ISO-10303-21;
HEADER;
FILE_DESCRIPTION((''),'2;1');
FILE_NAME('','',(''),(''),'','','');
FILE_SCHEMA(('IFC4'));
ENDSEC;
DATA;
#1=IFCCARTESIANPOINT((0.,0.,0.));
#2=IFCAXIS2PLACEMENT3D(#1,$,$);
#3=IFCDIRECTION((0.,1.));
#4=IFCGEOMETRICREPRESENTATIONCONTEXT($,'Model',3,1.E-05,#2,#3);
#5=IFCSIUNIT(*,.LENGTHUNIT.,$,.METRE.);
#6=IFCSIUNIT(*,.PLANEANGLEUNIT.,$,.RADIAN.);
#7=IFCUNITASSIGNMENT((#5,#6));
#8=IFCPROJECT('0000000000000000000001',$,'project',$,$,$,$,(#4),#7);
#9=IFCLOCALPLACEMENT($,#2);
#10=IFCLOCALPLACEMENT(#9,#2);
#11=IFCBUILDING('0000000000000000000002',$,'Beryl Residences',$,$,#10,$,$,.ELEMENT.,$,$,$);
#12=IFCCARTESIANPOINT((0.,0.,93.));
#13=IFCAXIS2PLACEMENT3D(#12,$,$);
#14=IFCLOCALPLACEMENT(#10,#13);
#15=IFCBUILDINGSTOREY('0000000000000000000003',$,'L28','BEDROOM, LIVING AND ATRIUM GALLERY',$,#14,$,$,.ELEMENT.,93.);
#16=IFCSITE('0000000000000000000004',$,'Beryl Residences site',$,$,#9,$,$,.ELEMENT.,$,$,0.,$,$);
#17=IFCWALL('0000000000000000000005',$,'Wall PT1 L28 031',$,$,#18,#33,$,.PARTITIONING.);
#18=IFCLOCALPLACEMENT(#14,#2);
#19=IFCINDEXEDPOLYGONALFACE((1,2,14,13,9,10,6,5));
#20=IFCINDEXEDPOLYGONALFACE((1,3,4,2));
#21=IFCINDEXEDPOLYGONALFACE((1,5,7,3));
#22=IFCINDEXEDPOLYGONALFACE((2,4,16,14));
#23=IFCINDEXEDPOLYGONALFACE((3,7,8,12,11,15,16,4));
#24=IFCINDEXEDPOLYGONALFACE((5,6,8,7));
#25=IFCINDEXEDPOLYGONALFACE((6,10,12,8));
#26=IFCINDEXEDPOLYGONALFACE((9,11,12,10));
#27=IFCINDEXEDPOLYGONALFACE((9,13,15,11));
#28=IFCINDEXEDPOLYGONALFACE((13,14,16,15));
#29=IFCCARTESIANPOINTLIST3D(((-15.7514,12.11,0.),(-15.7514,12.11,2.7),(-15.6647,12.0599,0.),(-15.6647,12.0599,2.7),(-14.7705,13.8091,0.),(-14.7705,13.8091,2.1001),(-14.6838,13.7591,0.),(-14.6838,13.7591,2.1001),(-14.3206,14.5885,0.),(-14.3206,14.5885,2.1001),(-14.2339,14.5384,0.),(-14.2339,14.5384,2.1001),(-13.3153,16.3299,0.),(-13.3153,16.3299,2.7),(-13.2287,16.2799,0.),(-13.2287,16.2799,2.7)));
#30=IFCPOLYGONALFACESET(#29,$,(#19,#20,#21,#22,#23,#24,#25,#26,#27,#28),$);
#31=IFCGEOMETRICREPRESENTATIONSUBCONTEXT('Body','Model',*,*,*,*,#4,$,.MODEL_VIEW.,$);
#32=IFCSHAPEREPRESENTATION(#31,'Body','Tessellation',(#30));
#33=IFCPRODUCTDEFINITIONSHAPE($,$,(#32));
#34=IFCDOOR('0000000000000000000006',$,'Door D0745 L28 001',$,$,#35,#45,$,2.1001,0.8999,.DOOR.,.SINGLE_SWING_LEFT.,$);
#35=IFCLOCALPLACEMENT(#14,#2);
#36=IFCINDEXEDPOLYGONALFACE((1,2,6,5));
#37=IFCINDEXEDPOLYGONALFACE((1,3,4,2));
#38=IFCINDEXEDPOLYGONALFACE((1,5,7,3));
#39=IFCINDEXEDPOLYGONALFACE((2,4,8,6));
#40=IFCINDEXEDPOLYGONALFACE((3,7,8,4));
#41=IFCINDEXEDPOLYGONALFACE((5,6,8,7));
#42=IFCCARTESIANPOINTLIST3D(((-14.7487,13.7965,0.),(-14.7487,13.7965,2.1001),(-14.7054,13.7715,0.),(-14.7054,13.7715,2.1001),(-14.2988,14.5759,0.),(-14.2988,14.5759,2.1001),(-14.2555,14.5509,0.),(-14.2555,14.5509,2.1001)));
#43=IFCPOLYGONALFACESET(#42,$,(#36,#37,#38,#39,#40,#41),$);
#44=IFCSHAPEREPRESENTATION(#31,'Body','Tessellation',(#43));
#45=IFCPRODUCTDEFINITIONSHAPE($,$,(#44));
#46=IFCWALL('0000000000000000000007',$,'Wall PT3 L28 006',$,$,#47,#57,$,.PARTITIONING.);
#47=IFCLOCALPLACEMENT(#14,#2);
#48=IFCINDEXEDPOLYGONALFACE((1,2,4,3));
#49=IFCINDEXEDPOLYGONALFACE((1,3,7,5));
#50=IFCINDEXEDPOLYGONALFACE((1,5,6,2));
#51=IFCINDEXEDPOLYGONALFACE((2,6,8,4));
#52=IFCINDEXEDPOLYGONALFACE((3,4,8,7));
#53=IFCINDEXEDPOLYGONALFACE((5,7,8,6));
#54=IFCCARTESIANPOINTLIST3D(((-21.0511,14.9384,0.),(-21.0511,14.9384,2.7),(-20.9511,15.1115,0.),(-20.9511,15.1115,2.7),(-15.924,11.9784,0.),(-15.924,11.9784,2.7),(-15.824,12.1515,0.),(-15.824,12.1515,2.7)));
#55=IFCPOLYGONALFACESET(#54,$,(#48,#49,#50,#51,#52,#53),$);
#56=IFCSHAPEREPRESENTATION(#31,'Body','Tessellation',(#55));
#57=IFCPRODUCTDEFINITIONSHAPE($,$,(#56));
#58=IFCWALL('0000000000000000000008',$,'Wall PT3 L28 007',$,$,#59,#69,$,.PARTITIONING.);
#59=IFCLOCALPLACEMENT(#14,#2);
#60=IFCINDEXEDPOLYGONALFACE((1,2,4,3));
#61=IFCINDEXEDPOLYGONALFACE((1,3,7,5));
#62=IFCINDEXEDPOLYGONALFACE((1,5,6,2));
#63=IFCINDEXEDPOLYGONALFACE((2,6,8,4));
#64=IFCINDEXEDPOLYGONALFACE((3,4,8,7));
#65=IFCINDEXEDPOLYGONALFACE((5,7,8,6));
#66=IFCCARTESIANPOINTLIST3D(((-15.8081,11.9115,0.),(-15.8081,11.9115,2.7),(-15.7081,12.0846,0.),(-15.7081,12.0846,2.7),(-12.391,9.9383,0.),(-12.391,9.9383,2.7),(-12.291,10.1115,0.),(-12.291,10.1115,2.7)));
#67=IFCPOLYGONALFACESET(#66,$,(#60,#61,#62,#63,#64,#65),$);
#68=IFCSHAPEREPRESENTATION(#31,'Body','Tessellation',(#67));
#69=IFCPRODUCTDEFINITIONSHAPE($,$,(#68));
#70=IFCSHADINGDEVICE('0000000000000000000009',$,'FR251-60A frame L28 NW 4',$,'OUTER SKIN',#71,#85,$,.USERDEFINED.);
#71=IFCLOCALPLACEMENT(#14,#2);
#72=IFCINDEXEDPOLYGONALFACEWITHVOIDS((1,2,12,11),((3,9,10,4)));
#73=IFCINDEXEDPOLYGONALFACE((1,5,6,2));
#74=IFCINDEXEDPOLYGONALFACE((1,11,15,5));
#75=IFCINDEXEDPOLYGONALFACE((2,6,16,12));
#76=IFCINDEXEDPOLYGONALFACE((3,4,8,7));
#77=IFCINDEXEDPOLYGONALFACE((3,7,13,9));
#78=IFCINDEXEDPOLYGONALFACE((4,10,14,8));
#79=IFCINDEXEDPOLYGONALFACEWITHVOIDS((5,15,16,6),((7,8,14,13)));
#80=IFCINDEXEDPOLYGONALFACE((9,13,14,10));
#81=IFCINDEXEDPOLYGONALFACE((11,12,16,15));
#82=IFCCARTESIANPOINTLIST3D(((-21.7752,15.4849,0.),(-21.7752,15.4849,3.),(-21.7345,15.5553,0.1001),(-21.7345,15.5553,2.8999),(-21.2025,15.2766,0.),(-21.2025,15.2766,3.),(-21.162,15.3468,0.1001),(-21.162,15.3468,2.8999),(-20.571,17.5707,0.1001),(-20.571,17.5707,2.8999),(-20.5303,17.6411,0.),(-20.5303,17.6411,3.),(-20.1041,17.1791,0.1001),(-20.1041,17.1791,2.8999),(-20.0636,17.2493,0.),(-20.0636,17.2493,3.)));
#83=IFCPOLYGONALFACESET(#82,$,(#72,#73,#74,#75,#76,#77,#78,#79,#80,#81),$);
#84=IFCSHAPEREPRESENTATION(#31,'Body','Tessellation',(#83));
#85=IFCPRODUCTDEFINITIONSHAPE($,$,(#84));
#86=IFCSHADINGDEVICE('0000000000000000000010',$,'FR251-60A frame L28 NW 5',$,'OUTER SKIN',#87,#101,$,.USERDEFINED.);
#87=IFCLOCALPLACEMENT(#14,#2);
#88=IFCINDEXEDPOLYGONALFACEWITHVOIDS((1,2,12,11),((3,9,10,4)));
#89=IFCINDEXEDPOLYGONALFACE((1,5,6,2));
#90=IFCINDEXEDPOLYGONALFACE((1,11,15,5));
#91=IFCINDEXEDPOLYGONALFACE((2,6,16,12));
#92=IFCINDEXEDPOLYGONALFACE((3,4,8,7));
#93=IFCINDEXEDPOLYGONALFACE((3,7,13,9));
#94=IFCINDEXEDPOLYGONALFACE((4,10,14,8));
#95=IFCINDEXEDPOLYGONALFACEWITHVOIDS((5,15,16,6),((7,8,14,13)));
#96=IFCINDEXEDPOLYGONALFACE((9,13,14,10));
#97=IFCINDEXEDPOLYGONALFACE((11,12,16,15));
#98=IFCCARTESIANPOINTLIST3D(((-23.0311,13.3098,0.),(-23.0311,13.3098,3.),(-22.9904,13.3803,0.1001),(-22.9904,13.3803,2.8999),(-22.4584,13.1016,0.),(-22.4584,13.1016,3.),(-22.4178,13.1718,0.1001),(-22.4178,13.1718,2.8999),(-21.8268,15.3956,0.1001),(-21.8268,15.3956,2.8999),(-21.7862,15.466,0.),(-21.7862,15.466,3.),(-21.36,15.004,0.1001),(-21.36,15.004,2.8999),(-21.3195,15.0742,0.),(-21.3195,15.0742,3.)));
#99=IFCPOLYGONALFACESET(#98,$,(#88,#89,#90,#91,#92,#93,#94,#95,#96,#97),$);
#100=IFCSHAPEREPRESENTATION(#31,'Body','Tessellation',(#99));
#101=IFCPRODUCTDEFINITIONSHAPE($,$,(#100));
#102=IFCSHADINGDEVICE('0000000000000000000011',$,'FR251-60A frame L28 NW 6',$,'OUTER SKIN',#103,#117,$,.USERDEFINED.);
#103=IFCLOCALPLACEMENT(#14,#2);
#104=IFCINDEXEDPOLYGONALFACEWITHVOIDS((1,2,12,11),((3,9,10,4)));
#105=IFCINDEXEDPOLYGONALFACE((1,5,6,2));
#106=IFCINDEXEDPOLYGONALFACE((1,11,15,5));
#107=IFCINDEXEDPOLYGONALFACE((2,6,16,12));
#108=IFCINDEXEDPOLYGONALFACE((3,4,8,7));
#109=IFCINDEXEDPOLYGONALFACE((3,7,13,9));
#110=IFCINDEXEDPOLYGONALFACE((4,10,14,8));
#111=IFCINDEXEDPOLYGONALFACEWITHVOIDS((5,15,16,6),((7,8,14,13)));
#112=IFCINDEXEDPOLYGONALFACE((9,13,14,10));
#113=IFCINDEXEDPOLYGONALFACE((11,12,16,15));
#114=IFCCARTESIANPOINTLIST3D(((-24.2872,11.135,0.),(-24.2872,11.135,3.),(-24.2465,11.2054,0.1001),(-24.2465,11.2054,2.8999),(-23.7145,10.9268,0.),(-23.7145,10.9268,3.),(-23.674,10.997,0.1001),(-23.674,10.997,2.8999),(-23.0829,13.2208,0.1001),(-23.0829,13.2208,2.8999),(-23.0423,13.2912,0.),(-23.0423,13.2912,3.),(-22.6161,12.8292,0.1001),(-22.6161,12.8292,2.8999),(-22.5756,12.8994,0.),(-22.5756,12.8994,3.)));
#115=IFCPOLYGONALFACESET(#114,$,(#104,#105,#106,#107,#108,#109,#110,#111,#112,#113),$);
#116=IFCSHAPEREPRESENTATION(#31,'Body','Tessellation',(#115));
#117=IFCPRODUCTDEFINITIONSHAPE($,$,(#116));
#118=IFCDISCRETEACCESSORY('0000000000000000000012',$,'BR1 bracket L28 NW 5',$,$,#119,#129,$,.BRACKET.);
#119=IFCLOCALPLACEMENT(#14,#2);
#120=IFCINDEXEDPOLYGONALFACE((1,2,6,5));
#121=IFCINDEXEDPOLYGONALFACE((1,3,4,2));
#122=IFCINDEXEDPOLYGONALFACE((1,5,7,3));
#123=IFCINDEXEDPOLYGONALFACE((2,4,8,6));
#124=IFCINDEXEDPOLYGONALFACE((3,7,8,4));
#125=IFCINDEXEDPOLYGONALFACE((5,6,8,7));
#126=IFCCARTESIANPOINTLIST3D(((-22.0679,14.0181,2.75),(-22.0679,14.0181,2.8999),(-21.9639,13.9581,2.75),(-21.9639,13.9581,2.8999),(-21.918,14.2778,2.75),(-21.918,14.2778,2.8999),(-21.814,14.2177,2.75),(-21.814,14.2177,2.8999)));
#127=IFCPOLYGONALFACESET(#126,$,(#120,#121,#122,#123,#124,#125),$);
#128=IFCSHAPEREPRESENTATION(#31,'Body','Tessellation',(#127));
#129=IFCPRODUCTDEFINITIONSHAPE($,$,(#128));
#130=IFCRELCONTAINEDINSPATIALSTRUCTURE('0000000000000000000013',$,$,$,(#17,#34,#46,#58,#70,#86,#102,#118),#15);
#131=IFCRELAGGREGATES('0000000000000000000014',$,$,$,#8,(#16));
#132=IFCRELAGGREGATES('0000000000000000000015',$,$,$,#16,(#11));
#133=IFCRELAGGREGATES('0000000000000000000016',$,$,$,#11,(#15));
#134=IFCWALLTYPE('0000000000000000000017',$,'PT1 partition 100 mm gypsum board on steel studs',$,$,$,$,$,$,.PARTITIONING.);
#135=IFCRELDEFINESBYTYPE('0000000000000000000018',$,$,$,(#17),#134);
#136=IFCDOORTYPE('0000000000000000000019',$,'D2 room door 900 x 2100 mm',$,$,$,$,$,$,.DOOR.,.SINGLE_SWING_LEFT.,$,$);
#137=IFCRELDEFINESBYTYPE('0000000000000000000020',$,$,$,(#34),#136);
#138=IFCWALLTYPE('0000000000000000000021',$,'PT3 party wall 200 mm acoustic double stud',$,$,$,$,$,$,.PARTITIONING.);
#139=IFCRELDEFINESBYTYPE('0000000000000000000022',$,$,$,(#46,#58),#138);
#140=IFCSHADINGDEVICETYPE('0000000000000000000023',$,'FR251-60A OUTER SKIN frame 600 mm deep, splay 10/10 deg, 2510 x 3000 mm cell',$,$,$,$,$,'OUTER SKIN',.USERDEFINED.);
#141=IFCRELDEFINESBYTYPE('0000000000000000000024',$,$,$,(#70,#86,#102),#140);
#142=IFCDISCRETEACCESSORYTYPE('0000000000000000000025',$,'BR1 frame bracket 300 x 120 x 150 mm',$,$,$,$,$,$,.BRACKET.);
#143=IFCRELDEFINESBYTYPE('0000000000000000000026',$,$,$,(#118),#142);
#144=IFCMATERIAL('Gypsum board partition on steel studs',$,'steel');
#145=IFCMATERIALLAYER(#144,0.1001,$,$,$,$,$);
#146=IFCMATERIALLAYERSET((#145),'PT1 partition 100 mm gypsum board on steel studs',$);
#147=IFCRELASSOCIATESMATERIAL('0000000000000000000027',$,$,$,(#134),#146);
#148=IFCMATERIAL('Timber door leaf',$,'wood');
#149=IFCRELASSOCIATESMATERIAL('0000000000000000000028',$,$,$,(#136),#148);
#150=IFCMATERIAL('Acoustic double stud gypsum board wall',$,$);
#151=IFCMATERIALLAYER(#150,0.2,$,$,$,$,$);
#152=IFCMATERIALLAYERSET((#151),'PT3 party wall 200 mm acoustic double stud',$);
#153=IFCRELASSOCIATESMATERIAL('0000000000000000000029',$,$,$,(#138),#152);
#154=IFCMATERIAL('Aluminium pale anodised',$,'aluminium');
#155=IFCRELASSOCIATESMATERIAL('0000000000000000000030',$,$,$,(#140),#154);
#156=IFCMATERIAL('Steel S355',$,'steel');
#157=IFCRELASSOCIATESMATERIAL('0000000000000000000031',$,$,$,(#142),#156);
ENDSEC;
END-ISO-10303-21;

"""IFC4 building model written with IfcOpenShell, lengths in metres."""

from ifc_helpers import new_model, entity, si_unit, direction, frame, frame_2d, origin, place, context, subcontext, project, spatial, polyline, rectangle, outline, extrude, source, transform, mapped, material, layer, layer_set, type_object, type_shapes, element, fill, save


model = new_model("IFC4")

# Units and contexts
model_context = context("Model", 3, precision=1e-05, world=origin(), true_north=direction((0.0, 1.0)))
body_context = subcontext(model_context, "Body", "Model", "MODEL_VIEW")
ifc_project = project(units=[si_unit("LENGTHUNIT", "METRE"), si_unit("PLANEANGLEUNIT", "RADIAN")], contexts=[model_context])

# Site, building, storey
site_placement = place(None, origin())
site = spatial("IfcSite", under=ifc_project, at=site_placement, Name="Beryl Residences site", CompositionType="ELEMENT", RefElevation=0.0)
building_placement = place(site_placement, origin())
building = spatial("IfcBuilding", under=site, at=building_placement, Name="Beryl Residences", CompositionType="ELEMENT")
storey_placement = place(building_placement, frame((0.0, 0.0, 93.0)))
storey = spatial("IfcBuildingStorey", under=building, at=storey_placement, Name="L28", Description="BEDROOM, LIVING AND ATRIUM GALLERY", CompositionType="ELEMENT", Elevation=93.0)

# Shared definitions
ifc_material_1 = material(Name="Gypsum board partition on steel studs", Category="steel")
ifc_layer_1 = layer(ifc_material_1, 0.1001)
ifc_layer_set_1 = layer_set([ifc_layer_1], Name="PT1 partition 100 mm gypsum board on steel studs")
wall_type_1 = type_object("IfcWallType", Name="PT1 partition 100 mm gypsum board on steel studs", PredefinedType="PARTITIONING", material=ifc_layer_set_1)
ifc_material_2 = material(Name="Timber door leaf", Category="wood")
door_type_1 = type_object("IfcDoorType", Name="D2 room door 900 x 2100 mm", OperationType="SINGLE_SWING_LEFT", PredefinedType="DOOR", material=ifc_material_2)

# Wall, opening, door
wall_1_placement = place(storey_placement, frame((-15.708, 12.085, 0.0), z_axis=(0.0, 0.0, 1.0), x_axis=(0.499944, 0.866058, 0.0)))
wall_1 = element("IfcWall", 1, at=wall_1_placement, inside=storey, type_object=wall_type_1, Name="Wall PT1 L28 031", PredefinedType="PARTITIONING", context=body_context, shape_type="SweptSolid", body=[
    extrude(rectangle(XDim=4.8726, YDim=0.1001, at=frame_2d((2.4363, 0.0))), origin(), (0.0, 0.0, 1.0), 2.7),
])
opening_1_placement = place(wall_1_placement, frame((1.9619, 0.0, 0.0)))
opening_1 = element("IfcOpeningElement", 2, at=opening_1_placement, cuts=wall_1, PredefinedType="OPENING", context=body_context, shape_type="SweptSolid", body=[
    extrude(rectangle(XDim=0.8999, YDim=2.1001, at=frame_2d((0.45, 1.05))), frame((0.0, 0.0601, 0.0), z_axis=(0.0, -1.0, 0.0), x_axis=(1.0, 0.0, 0.0)), (0.0, 0.0, 1.0), 0.1201),
])
door_1_placement = place(opening_1_placement, origin())
door_1 = element("IfcDoor", 3, at=door_1_placement, inside=storey, type_object=door_type_1, Name="Door D0745 L28 001", OperationType="SINGLE_SWING_LEFT", OverallHeight=2.1001, OverallWidth=0.8999, PredefinedType="DOOR", context=body_context, shape_type="SweptSolid", body=[
    extrude(rectangle(XDim=0.8999, YDim=2.1001, at=frame_2d((0.45, 1.05))), frame((0.0, 0.0249, 0.0), z_axis=(0.0, -1.0, 0.0), x_axis=(1.0, 0.0, 0.0)), (0.0, 0.0, 1.0), 0.05),
])
fill(opening_1, door_1)

# Walls
ifc_material_3 = material(Name="Acoustic double stud gypsum board wall")
ifc_layer_2 = layer(ifc_material_3, 0.2)
ifc_layer_set_2 = layer_set([ifc_layer_2], Name="PT3 party wall 200 mm acoustic double stud")
wall_type_2 = type_object("IfcWallType", Name="PT3 party wall 200 mm acoustic double stud", PredefinedType="PARTITIONING", material=ifc_layer_set_2)
wall_2_placement = place(storey_placement, frame((-21.001, 15.0249, 0.0), z_axis=(0.0, 0.0, 1.0), x_axis=(0.866032, -0.499989, 0.0)))
element("IfcWall", 4, at=wall_2_placement, inside=storey, type_object=wall_type_2, Name="Wall PT3 L28 006", PredefinedType="PARTITIONING", context=body_context, shape_type="SweptSolid", body=[
    extrude(rectangle(XDim=5.9202, YDim=0.2, at=frame_2d((2.96, 0.0))), origin(), (0.0, 0.0, 1.0), 2.7),
])
wall_3_placement = place(storey_placement, frame((-15.7581, 11.998, 0.0), z_axis=(0.0, 0.0, 1.0), x_axis=(0.865988, -0.500065, 0.0)))
element("IfcWall", 5, at=wall_3_placement, inside=storey, type_object=wall_type_2, Name="Wall PT3 L28 007", PredefinedType="PARTITIONING", context=body_context, shape_type="SweptSolid", body=[
    extrude(rectangle(XDim=3.9458, YDim=0.2, at=frame_2d((1.9729, 0.0))), origin(), (0.0, 0.0, 1.0), 2.7),
])

# Shading devices
ifc_material_4 = material(Name="Aluminium pale anodised", Category="aluminium")
shading_device_type = type_object("IfcShadingDeviceType", Name="FR251-60A OUTER SKIN frame 600 mm deep, splay 10/10 deg, 2510 x 3000 mm cell", ElementType="OUTER SKIN", PredefinedType="USERDEFINED", material=ifc_material_4)
cartesian_point_1 = entity("IfcCartesianPoint", [-1.1389, 0.0])
cartesian_point_2 = entity("IfcCartesianPoint", [-1.0579, 0.1001])
cartesian_point_3 = entity("IfcCartesianPoint", [-1.2449, 0.0])
cartesian_point_4 = entity("IfcCartesianPoint", [-1.1636, 0.1001])
shared_shape_1 = source(origin(), body_context, "Body", "SweptSolid", [
    entity("IfcExtrudedAreaSolidTapered", entity("IfcArbitraryProfileDefWithVoids", "AREA", None, entity("IfcPolyline", [cartesian_point_1, entity("IfcCartesianPoint", [1.1389, 0.0]), entity("IfcCartesianPoint", [1.1389, 3.0]), entity("IfcCartesianPoint", [-1.1389, 3.0]), cartesian_point_1]), [entity("IfcPolyline", [cartesian_point_2, entity("IfcCartesianPoint", [1.0579, 0.1001]), entity("IfcCartesianPoint", [1.0579, 2.8999]), entity("IfcCartesianPoint", [-1.0579, 2.8999]), cartesian_point_2])]), entity("IfcAxis2Placement3D", entity("IfcCartesianPoint", [0.0, 0.0, 0.0]), entity("IfcDirection", [0.0, 1.0, 0.0]), entity("IfcDirection", [-1.0, 0.0, 0.0])), entity("IfcDirection", [0.0, 0.0, 1.0]), 0.6001, entity("IfcArbitraryProfileDefWithVoids", "AREA", None, entity("IfcPolyline", [cartesian_point_3, entity("IfcCartesianPoint", [1.2449, 0.0]), entity("IfcCartesianPoint", [1.2449, 3.0]), entity("IfcCartesianPoint", [-1.2449, 3.0]), cartesian_point_3]), [entity("IfcPolyline", [cartesian_point_4, entity("IfcCartesianPoint", [1.1636, 0.1001]), entity("IfcCartesianPoint", [1.1636, 2.8999]), entity("IfcCartesianPoint", [-1.1636, 2.8999]), cartesian_point_4])])),
])
type_shapes(shading_device_type, [shared_shape_1])
for number, where, z_axis, x_axis, name in (
    (6, (-20.6331, 16.2629, 0.0), (0.0, 0.0, 1.0), (0.5, 0.866025, 0.0), "FR251-60A frame L28 NW 4"),
    (7, (-21.8889, 14.0879, 0.0), (0.0, 0.0, 1.0), (0.5, 0.866025, 0.0), "FR251-60A frame L28 NW 5"),
    (8, (-23.145, 11.9131, 0.0), (0.0, 0.0, 1.0), (0.5, 0.866025, 0.0), "FR251-60A frame L28 NW 6"),
):
    element("IfcShadingDevice", number, at=place(storey_placement, frame(where, z_axis=z_axis, x_axis=x_axis)), inside=storey, type_object=shading_device_type, Name=name, ObjectType="OUTER SKIN", PredefinedType="USERDEFINED", context=body_context, shape_type="MappedRepresentation", body=[
        mapped(shared_shape_1, transform((0.0, 0.0, 0.0))),
    ])

# Discrete accessory
ifc_material_5 = material(Name="Steel S355", Category="steel")
discrete_accessory_type = type_object("IfcDiscreteAccessoryType", Name="BR1 frame bracket 300 x 120 x 150 mm", PredefinedType="BRACKET", material=ifc_material_5)
shared_shape_2 = source(origin(), body_context, "Body", "SweptSolid", [
    extrude(outline(polyline([(-0.1499, 0.0), (0.1499, 0.0), (0.1499, 0.1201), (-0.1499, 0.1201), (-0.1499, 0.0)])), origin(), (0.0, 0.0, 1.0), 0.1499),
])
type_shapes(discrete_accessory_type, [shared_shape_2])
discrete_accessory_placement = place(storey_placement, frame((-21.8889, 14.0879, 2.75), z_axis=(0.0, 0.0, 1.0), x_axis=(0.5, 0.866025, 0.0)))
element("IfcDiscreteAccessory", 9, at=discrete_accessory_placement, inside=storey, type_object=discrete_accessory_type, Name="BR1 bracket L28 NW 5", PredefinedType="BRACKET", context=body_context, shape_type="MappedRepresentation", body=[
    mapped(shared_shape_2, transform((0.0, 0.0, 0.0))),
])

save(model, "model.ifc")
